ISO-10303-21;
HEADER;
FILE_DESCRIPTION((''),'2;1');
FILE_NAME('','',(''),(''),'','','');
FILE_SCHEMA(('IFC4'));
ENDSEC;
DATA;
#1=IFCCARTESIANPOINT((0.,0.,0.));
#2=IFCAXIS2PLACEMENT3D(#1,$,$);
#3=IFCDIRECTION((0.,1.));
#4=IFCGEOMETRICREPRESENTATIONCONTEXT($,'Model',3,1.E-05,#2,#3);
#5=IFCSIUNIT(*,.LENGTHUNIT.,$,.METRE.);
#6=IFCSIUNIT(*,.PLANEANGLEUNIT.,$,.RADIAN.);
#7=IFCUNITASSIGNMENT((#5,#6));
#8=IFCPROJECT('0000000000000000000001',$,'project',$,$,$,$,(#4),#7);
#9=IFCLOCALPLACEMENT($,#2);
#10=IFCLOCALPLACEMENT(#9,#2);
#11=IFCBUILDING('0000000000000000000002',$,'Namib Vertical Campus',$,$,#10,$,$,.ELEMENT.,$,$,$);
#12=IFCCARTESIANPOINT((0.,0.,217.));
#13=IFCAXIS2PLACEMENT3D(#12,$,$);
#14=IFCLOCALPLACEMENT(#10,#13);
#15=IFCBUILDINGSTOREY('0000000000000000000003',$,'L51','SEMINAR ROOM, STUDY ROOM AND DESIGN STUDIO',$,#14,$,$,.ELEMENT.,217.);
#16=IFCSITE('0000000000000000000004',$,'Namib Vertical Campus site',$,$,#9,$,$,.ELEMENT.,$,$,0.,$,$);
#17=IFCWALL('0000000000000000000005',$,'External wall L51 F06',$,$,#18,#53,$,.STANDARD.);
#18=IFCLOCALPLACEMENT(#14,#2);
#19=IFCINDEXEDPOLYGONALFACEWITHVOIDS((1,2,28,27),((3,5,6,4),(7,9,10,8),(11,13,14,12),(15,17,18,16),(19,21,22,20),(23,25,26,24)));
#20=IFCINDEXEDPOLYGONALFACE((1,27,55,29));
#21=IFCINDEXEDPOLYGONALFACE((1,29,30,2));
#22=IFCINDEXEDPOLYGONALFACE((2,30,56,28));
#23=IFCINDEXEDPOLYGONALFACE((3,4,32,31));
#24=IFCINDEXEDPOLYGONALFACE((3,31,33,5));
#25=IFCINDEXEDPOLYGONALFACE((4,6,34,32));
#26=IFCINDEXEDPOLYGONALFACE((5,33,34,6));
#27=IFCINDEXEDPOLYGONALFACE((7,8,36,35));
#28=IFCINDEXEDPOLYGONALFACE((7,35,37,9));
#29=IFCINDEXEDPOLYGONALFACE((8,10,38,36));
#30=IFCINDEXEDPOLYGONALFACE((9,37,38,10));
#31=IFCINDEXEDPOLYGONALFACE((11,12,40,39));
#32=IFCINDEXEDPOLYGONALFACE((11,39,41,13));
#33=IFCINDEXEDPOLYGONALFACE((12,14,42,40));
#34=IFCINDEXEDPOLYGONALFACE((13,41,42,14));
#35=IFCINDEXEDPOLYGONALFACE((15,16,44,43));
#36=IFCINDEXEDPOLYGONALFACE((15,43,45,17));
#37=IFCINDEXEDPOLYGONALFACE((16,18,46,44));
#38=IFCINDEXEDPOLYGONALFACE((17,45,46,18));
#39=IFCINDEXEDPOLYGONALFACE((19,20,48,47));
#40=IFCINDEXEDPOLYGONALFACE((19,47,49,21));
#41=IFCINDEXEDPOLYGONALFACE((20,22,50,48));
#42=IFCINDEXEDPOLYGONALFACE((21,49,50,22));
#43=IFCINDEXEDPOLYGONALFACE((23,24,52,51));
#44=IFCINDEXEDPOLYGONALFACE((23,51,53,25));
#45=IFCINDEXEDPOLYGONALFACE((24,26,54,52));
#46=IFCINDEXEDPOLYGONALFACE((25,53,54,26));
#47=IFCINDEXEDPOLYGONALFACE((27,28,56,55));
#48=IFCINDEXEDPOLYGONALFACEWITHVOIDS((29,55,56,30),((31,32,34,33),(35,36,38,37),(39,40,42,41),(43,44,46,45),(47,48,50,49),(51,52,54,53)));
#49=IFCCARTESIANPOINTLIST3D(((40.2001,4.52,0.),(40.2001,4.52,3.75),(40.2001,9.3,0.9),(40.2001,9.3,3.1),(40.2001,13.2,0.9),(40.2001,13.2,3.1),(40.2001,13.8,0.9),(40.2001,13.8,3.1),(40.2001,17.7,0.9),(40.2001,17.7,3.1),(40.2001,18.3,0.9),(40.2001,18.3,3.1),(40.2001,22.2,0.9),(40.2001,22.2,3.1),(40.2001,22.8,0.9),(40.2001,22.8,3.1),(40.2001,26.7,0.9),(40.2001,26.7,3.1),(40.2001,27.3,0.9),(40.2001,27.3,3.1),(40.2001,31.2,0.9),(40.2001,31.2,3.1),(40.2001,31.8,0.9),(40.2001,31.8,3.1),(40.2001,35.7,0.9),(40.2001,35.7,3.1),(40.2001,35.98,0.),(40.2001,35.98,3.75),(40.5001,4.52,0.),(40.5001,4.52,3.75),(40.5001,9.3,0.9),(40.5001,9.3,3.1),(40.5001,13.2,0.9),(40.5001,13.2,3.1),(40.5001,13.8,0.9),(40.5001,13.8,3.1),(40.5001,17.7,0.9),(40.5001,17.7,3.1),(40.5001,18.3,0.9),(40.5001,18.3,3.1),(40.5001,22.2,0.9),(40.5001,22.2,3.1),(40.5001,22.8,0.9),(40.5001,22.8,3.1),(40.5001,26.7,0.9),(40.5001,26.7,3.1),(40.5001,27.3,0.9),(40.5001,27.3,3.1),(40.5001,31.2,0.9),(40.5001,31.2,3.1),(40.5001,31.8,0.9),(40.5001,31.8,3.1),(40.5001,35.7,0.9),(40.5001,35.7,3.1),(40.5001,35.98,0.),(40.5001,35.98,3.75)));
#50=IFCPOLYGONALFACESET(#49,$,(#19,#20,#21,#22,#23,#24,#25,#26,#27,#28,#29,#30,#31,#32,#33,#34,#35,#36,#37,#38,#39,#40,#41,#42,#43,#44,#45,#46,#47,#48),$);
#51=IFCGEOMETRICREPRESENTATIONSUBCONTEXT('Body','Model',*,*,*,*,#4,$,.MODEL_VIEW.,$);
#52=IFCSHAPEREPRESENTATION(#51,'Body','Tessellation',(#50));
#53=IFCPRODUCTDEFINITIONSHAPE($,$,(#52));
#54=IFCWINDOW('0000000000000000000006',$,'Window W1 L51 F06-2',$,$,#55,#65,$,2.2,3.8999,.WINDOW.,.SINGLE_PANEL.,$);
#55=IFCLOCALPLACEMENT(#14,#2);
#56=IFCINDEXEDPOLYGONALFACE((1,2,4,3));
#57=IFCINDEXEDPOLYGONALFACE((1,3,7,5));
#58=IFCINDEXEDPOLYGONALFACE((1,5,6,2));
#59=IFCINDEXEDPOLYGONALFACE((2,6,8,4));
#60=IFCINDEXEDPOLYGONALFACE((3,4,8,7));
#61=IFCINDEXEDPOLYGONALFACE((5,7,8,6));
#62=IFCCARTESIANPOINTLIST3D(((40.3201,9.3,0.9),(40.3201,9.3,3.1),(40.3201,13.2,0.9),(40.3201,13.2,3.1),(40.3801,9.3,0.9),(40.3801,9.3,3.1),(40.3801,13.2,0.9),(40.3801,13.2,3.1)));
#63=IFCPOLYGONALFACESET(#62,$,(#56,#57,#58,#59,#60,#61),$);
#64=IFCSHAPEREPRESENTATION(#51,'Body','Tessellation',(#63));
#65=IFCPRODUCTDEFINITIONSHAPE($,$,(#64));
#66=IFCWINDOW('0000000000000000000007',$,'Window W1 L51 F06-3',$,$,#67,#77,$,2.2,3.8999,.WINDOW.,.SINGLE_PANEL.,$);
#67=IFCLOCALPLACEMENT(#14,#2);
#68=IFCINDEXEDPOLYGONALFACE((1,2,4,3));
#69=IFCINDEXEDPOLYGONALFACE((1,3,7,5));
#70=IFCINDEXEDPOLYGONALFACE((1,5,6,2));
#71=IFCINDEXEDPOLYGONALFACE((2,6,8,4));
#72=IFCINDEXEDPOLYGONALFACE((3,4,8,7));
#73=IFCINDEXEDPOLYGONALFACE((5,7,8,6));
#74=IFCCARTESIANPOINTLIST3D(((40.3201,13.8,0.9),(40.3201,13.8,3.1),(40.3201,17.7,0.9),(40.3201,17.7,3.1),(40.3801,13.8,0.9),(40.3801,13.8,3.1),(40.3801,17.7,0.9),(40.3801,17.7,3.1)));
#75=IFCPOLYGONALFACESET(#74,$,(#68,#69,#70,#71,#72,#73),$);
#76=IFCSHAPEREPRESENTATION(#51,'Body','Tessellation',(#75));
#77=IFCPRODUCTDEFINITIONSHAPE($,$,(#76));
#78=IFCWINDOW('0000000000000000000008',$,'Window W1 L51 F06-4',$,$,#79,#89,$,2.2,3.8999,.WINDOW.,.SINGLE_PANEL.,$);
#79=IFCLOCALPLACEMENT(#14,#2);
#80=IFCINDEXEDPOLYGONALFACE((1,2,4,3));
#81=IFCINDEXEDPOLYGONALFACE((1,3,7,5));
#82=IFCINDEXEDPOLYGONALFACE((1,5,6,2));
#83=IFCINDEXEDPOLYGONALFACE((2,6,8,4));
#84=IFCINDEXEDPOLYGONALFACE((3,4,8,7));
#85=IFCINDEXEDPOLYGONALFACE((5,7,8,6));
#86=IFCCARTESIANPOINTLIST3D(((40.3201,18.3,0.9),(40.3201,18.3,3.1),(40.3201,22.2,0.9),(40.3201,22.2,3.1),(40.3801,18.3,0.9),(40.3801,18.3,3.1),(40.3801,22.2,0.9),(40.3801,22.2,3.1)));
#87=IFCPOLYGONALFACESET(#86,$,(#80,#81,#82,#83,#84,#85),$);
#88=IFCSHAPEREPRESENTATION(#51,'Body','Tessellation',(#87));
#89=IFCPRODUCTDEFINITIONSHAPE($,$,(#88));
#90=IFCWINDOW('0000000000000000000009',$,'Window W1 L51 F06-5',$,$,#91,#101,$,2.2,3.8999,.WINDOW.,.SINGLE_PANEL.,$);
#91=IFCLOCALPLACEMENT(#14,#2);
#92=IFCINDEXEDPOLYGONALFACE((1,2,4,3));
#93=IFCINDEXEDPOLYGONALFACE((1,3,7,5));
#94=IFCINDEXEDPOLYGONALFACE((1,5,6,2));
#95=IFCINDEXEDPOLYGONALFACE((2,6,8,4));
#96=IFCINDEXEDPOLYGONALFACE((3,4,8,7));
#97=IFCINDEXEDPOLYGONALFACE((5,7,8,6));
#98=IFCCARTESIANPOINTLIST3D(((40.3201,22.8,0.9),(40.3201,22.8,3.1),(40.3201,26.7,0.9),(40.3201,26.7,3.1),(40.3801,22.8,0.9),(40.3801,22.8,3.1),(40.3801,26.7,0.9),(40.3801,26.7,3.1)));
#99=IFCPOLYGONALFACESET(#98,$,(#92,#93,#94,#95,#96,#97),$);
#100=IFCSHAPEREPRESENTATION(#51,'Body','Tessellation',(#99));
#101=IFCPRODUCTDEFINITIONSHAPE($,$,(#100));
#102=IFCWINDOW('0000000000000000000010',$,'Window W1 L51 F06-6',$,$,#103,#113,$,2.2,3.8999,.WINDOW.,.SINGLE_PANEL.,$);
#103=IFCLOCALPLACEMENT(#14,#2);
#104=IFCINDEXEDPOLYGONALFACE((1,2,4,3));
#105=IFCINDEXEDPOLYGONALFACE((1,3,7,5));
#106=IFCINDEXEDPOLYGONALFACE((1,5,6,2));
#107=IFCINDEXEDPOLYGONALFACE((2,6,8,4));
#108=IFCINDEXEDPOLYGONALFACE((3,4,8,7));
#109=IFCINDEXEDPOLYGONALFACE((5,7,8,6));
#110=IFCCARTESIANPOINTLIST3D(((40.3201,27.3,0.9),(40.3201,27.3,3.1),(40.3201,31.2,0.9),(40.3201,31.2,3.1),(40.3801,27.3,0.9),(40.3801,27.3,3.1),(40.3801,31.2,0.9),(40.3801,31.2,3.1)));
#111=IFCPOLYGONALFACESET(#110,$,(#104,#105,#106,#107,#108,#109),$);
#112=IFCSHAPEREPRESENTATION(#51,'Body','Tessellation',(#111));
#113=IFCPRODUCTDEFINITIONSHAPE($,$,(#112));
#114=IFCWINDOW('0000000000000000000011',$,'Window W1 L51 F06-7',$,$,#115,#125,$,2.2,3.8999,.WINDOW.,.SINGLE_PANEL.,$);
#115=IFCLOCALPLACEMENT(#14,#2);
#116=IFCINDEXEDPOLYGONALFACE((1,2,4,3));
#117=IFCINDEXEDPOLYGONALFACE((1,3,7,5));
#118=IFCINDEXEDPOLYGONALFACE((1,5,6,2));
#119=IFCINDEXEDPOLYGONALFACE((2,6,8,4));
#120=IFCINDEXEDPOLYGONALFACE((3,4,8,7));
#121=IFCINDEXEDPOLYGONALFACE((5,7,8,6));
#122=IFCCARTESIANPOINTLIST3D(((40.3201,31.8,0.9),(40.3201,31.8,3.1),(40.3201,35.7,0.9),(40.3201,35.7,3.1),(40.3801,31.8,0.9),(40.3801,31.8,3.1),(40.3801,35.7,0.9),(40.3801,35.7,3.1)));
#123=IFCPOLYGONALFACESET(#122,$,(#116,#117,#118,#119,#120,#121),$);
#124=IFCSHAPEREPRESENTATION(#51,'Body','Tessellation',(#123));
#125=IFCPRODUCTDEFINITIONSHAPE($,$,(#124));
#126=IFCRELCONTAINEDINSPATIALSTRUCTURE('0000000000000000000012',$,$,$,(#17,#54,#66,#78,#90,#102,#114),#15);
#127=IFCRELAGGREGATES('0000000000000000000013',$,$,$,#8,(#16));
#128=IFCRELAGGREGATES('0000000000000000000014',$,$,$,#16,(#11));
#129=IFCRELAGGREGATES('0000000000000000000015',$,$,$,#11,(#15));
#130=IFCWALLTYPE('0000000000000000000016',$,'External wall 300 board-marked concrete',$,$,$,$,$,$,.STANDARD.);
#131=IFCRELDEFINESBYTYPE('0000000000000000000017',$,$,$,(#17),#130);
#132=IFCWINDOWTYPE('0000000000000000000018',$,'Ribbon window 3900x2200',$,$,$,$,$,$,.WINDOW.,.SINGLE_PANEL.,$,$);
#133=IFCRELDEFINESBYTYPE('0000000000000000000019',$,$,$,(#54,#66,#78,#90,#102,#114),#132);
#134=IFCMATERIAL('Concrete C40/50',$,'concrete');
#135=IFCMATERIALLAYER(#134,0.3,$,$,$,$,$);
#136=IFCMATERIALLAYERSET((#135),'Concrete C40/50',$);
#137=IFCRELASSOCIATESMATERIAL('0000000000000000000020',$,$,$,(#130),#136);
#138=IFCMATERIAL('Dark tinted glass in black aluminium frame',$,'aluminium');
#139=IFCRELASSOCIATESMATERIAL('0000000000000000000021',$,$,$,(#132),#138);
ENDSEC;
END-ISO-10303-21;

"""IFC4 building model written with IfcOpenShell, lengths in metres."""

from ifc_helpers import new_model, si_unit, direction, frame, frame_2d, origin, place, context, subcontext, project, spatial, rectangle, extrude, material, layer, layer_set, type_object, element, fill, save


model = new_model("IFC4")

# Units and contexts
model_context = context("Model", 3, precision=1e-05, world=origin(), true_north=direction((0.0, 1.0)))
body_context = subcontext(model_context, "Body", "Model", "MODEL_VIEW")
ifc_project = project(units=[si_unit("LENGTHUNIT", "METRE"), si_unit("PLANEANGLEUNIT", "RADIAN")], contexts=[model_context])

# Site, building, storey
site_placement = place(None, origin())
site = spatial("IfcSite", under=ifc_project, at=site_placement, Name="Namib Vertical Campus site", CompositionType="ELEMENT", RefElevation=0.0)
building_placement = place(site_placement, origin())
building = spatial("IfcBuilding", under=site, at=building_placement, Name="Namib Vertical Campus", CompositionType="ELEMENT")
storey_placement = place(building_placement, frame((0.0, 0.0, 217.0)))
storey = spatial("IfcBuildingStorey", under=building, at=storey_placement, Name="L51", Description="SEMINAR ROOM, STUDY ROOM AND DESIGN STUDIO", CompositionType="ELEMENT", Elevation=217.0)

# Wall, openings, windows
ifc_material_1 = material(Name="Concrete C40/50", Category="concrete")
ifc_layer_1 = layer(ifc_material_1, 0.3)
ifc_layer_set_1 = layer_set([ifc_layer_1], Name="Concrete C40/50")
wall_type_1 = type_object("IfcWallType", Name="External wall 300 board-marked concrete", PredefinedType="STANDARD", material=ifc_layer_set_1)
wall_1_placement = place(storey_placement, frame((40.3501, 4.52, 0.0), z_axis=(0.0, 0.0, 1.0), x_axis=(0.0, 1.0, 0.0)))
wall_1 = element("IfcWall", 1, at=wall_1_placement, inside=storey, type_object=wall_type_1, Name="External wall L51 F06", PredefinedType="STANDARD", context=body_context, shape_type="SweptSolid", body=[
    extrude(rectangle(XDim=31.46, YDim=0.3, at=frame_2d((15.73, 0.0))), origin(), (0.0, 0.0, 1.0), 3.75),
])
opening_1_placement = place(wall_1_placement, frame((4.78, 0.0, 0.8999)))
opening_1 = element("IfcOpeningElement", 2, at=opening_1_placement, cuts=wall_1, PredefinedType="OPENING", context=body_context, shape_type="SweptSolid", body=[
    extrude(rectangle(XDim=3.8999, YDim=2.2, at=frame_2d((1.95, 1.1001))), frame((0.0, 0.1599, 0.0), z_axis=(0.0, -1.0, 0.0), x_axis=(1.0, 0.0, 0.0)), (0.0, 0.0, 1.0), 0.3201),
])
opening_2_placement = place(wall_1_placement, frame((9.28, 0.0, 0.8999)))
opening_2 = element("IfcOpeningElement", 3, at=opening_2_placement, cuts=wall_1, PredefinedType="OPENING", context=body_context, shape_type="SweptSolid", body=[
    extrude(rectangle(XDim=3.8999, YDim=2.2, at=frame_2d((1.95, 1.1001))), frame((0.0, 0.1599, 0.0), z_axis=(0.0, -1.0, 0.0), x_axis=(1.0, 0.0, 0.0)), (0.0, 0.0, 1.0), 0.3201),
])
opening_3_placement = place(wall_1_placement, frame((13.78, 0.0, 0.8999)))
opening_3 = element("IfcOpeningElement", 4, at=opening_3_placement, cuts=wall_1, PredefinedType="OPENING", context=body_context, shape_type="SweptSolid", body=[
    extrude(rectangle(XDim=3.8999, YDim=2.2, at=frame_2d((1.95, 1.1001))), frame((0.0, 0.1599, 0.0), z_axis=(0.0, -1.0, 0.0), x_axis=(1.0, 0.0, 0.0)), (0.0, 0.0, 1.0), 0.3201),
])
opening_4_placement = place(wall_1_placement, frame((18.28, 0.0, 0.8999)))
opening_4 = element("IfcOpeningElement", 5, at=opening_4_placement, cuts=wall_1, PredefinedType="OPENING", context=body_context, shape_type="SweptSolid", body=[
    extrude(rectangle(XDim=3.8999, YDim=2.2, at=frame_2d((1.95, 1.1001))), frame((0.0, 0.1599, 0.0), z_axis=(0.0, -1.0, 0.0), x_axis=(1.0, 0.0, 0.0)), (0.0, 0.0, 1.0), 0.3201),
])
opening_5_placement = place(wall_1_placement, frame((22.78, 0.0, 0.8999)))
opening_5 = element("IfcOpeningElement", 6, at=opening_5_placement, cuts=wall_1, PredefinedType="OPENING", context=body_context, shape_type="SweptSolid", body=[
    extrude(rectangle(XDim=3.8999, YDim=2.2, at=frame_2d((1.95, 1.1001))), frame((0.0, 0.1599, 0.0), z_axis=(0.0, -1.0, 0.0), x_axis=(1.0, 0.0, 0.0)), (0.0, 0.0, 1.0), 0.3201),
])
opening_6_placement = place(wall_1_placement, frame((27.28, 0.0, 0.8999)))
opening_6 = element("IfcOpeningElement", 7, at=opening_6_placement, cuts=wall_1, PredefinedType="OPENING", context=body_context, shape_type="SweptSolid", body=[
    extrude(rectangle(XDim=3.8999, YDim=2.2, at=frame_2d((1.95, 1.1001))), frame((0.0, 0.1599, 0.0), z_axis=(0.0, -1.0, 0.0), x_axis=(1.0, 0.0, 0.0)), (0.0, 0.0, 1.0), 0.3201),
])
ifc_material_2 = material(Name="Dark tinted glass in black aluminium frame", Category="aluminium")
window_type = type_object("IfcWindowType", Name="Ribbon window 3900x2200", PartitioningType="SINGLE_PANEL", PredefinedType="WINDOW", material=ifc_material_2)
window_1_placement = place(opening_1_placement, origin())
window_1 = element("IfcWindow", 8, at=window_1_placement, inside=storey, type_object=window_type, Name="Window W1 L51 F06-2", OverallHeight=2.2, OverallWidth=3.8999, PartitioningType="SINGLE_PANEL", PredefinedType="WINDOW", context=body_context, shape_type="SweptSolid", body=[
    extrude(rectangle(XDim=3.8999, YDim=2.2, at=frame_2d((1.95, 1.1001))), frame((0.0, 0.03, 0.0), z_axis=(0.0, -1.0, 0.0), x_axis=(1.0, 0.0, 0.0)), (0.0, 0.0, 1.0), 0.0601),
])
fill(opening_1, window_1)
window_2_placement = place(opening_2_placement, origin())
window_2 = element("IfcWindow", 9, at=window_2_placement, inside=storey, type_object=window_type, Name="Window W1 L51 F06-3", OverallHeight=2.2, OverallWidth=3.8999, PartitioningType="SINGLE_PANEL", PredefinedType="WINDOW", context=body_context, shape_type="SweptSolid", body=[
    extrude(rectangle(XDim=3.8999, YDim=2.2, at=frame_2d((1.95, 1.1001))), frame((0.0, 0.03, 0.0), z_axis=(0.0, -1.0, 0.0), x_axis=(1.0, 0.0, 0.0)), (0.0, 0.0, 1.0), 0.0601),
])
fill(opening_2, window_2)
window_3_placement = place(opening_3_placement, origin())
window_3 = element("IfcWindow", 10, at=window_3_placement, inside=storey, type_object=window_type, Name="Window W1 L51 F06-4", OverallHeight=2.2, OverallWidth=3.8999, PartitioningType="SINGLE_PANEL", PredefinedType="WINDOW", context=body_context, shape_type="SweptSolid", body=[
    extrude(rectangle(XDim=3.8999, YDim=2.2, at=frame_2d((1.95, 1.1001))), frame((0.0, 0.03, 0.0), z_axis=(0.0, -1.0, 0.0), x_axis=(1.0, 0.0, 0.0)), (0.0, 0.0, 1.0), 0.0601),
])
fill(opening_3, window_3)
window_4_placement = place(opening_4_placement, origin())
window_4 = element("IfcWindow", 11, at=window_4_placement, inside=storey, type_object=window_type, Name="Window W1 L51 F06-5", OverallHeight=2.2, OverallWidth=3.8999, PartitioningType="SINGLE_PANEL", PredefinedType="WINDOW", context=body_context, shape_type="SweptSolid", body=[
    extrude(rectangle(XDim=3.8999, YDim=2.2, at=frame_2d((1.95, 1.1001))), frame((0.0, 0.03, 0.0), z_axis=(0.0, -1.0, 0.0), x_axis=(1.0, 0.0, 0.0)), (0.0, 0.0, 1.0), 0.0601),
])
fill(opening_4, window_4)
window_5_placement = place(opening_5_placement, origin())
window_5 = element("IfcWindow", 12, at=window_5_placement, inside=storey, type_object=window_type, Name="Window W1 L51 F06-6", OverallHeight=2.2, OverallWidth=3.8999, PartitioningType="SINGLE_PANEL", PredefinedType="WINDOW", context=body_context, shape_type="SweptSolid", body=[
    extrude(rectangle(XDim=3.8999, YDim=2.2, at=frame_2d((1.95, 1.1001))), frame((0.0, 0.03, 0.0), z_axis=(0.0, -1.0, 0.0), x_axis=(1.0, 0.0, 0.0)), (0.0, 0.0, 1.0), 0.0601),
])
fill(opening_5, window_5)
window_6_placement = place(opening_6_placement, origin())
window_6 = element("IfcWindow", 13, at=window_6_placement, inside=storey, type_object=window_type, Name="Window W1 L51 F06-7", OverallHeight=2.2, OverallWidth=3.8999, PartitioningType="SINGLE_PANEL", PredefinedType="WINDOW", context=body_context, shape_type="SweptSolid", body=[
    extrude(rectangle(XDim=3.8999, YDim=2.2, at=frame_2d((1.95, 1.1001))), frame((0.0, 0.03, 0.0), z_axis=(0.0, -1.0, 0.0), x_axis=(1.0, 0.0, 0.0)), (0.0, 0.0, 1.0), 0.0601),
])
fill(opening_6, window_6)

save(model, "model.ifc")
